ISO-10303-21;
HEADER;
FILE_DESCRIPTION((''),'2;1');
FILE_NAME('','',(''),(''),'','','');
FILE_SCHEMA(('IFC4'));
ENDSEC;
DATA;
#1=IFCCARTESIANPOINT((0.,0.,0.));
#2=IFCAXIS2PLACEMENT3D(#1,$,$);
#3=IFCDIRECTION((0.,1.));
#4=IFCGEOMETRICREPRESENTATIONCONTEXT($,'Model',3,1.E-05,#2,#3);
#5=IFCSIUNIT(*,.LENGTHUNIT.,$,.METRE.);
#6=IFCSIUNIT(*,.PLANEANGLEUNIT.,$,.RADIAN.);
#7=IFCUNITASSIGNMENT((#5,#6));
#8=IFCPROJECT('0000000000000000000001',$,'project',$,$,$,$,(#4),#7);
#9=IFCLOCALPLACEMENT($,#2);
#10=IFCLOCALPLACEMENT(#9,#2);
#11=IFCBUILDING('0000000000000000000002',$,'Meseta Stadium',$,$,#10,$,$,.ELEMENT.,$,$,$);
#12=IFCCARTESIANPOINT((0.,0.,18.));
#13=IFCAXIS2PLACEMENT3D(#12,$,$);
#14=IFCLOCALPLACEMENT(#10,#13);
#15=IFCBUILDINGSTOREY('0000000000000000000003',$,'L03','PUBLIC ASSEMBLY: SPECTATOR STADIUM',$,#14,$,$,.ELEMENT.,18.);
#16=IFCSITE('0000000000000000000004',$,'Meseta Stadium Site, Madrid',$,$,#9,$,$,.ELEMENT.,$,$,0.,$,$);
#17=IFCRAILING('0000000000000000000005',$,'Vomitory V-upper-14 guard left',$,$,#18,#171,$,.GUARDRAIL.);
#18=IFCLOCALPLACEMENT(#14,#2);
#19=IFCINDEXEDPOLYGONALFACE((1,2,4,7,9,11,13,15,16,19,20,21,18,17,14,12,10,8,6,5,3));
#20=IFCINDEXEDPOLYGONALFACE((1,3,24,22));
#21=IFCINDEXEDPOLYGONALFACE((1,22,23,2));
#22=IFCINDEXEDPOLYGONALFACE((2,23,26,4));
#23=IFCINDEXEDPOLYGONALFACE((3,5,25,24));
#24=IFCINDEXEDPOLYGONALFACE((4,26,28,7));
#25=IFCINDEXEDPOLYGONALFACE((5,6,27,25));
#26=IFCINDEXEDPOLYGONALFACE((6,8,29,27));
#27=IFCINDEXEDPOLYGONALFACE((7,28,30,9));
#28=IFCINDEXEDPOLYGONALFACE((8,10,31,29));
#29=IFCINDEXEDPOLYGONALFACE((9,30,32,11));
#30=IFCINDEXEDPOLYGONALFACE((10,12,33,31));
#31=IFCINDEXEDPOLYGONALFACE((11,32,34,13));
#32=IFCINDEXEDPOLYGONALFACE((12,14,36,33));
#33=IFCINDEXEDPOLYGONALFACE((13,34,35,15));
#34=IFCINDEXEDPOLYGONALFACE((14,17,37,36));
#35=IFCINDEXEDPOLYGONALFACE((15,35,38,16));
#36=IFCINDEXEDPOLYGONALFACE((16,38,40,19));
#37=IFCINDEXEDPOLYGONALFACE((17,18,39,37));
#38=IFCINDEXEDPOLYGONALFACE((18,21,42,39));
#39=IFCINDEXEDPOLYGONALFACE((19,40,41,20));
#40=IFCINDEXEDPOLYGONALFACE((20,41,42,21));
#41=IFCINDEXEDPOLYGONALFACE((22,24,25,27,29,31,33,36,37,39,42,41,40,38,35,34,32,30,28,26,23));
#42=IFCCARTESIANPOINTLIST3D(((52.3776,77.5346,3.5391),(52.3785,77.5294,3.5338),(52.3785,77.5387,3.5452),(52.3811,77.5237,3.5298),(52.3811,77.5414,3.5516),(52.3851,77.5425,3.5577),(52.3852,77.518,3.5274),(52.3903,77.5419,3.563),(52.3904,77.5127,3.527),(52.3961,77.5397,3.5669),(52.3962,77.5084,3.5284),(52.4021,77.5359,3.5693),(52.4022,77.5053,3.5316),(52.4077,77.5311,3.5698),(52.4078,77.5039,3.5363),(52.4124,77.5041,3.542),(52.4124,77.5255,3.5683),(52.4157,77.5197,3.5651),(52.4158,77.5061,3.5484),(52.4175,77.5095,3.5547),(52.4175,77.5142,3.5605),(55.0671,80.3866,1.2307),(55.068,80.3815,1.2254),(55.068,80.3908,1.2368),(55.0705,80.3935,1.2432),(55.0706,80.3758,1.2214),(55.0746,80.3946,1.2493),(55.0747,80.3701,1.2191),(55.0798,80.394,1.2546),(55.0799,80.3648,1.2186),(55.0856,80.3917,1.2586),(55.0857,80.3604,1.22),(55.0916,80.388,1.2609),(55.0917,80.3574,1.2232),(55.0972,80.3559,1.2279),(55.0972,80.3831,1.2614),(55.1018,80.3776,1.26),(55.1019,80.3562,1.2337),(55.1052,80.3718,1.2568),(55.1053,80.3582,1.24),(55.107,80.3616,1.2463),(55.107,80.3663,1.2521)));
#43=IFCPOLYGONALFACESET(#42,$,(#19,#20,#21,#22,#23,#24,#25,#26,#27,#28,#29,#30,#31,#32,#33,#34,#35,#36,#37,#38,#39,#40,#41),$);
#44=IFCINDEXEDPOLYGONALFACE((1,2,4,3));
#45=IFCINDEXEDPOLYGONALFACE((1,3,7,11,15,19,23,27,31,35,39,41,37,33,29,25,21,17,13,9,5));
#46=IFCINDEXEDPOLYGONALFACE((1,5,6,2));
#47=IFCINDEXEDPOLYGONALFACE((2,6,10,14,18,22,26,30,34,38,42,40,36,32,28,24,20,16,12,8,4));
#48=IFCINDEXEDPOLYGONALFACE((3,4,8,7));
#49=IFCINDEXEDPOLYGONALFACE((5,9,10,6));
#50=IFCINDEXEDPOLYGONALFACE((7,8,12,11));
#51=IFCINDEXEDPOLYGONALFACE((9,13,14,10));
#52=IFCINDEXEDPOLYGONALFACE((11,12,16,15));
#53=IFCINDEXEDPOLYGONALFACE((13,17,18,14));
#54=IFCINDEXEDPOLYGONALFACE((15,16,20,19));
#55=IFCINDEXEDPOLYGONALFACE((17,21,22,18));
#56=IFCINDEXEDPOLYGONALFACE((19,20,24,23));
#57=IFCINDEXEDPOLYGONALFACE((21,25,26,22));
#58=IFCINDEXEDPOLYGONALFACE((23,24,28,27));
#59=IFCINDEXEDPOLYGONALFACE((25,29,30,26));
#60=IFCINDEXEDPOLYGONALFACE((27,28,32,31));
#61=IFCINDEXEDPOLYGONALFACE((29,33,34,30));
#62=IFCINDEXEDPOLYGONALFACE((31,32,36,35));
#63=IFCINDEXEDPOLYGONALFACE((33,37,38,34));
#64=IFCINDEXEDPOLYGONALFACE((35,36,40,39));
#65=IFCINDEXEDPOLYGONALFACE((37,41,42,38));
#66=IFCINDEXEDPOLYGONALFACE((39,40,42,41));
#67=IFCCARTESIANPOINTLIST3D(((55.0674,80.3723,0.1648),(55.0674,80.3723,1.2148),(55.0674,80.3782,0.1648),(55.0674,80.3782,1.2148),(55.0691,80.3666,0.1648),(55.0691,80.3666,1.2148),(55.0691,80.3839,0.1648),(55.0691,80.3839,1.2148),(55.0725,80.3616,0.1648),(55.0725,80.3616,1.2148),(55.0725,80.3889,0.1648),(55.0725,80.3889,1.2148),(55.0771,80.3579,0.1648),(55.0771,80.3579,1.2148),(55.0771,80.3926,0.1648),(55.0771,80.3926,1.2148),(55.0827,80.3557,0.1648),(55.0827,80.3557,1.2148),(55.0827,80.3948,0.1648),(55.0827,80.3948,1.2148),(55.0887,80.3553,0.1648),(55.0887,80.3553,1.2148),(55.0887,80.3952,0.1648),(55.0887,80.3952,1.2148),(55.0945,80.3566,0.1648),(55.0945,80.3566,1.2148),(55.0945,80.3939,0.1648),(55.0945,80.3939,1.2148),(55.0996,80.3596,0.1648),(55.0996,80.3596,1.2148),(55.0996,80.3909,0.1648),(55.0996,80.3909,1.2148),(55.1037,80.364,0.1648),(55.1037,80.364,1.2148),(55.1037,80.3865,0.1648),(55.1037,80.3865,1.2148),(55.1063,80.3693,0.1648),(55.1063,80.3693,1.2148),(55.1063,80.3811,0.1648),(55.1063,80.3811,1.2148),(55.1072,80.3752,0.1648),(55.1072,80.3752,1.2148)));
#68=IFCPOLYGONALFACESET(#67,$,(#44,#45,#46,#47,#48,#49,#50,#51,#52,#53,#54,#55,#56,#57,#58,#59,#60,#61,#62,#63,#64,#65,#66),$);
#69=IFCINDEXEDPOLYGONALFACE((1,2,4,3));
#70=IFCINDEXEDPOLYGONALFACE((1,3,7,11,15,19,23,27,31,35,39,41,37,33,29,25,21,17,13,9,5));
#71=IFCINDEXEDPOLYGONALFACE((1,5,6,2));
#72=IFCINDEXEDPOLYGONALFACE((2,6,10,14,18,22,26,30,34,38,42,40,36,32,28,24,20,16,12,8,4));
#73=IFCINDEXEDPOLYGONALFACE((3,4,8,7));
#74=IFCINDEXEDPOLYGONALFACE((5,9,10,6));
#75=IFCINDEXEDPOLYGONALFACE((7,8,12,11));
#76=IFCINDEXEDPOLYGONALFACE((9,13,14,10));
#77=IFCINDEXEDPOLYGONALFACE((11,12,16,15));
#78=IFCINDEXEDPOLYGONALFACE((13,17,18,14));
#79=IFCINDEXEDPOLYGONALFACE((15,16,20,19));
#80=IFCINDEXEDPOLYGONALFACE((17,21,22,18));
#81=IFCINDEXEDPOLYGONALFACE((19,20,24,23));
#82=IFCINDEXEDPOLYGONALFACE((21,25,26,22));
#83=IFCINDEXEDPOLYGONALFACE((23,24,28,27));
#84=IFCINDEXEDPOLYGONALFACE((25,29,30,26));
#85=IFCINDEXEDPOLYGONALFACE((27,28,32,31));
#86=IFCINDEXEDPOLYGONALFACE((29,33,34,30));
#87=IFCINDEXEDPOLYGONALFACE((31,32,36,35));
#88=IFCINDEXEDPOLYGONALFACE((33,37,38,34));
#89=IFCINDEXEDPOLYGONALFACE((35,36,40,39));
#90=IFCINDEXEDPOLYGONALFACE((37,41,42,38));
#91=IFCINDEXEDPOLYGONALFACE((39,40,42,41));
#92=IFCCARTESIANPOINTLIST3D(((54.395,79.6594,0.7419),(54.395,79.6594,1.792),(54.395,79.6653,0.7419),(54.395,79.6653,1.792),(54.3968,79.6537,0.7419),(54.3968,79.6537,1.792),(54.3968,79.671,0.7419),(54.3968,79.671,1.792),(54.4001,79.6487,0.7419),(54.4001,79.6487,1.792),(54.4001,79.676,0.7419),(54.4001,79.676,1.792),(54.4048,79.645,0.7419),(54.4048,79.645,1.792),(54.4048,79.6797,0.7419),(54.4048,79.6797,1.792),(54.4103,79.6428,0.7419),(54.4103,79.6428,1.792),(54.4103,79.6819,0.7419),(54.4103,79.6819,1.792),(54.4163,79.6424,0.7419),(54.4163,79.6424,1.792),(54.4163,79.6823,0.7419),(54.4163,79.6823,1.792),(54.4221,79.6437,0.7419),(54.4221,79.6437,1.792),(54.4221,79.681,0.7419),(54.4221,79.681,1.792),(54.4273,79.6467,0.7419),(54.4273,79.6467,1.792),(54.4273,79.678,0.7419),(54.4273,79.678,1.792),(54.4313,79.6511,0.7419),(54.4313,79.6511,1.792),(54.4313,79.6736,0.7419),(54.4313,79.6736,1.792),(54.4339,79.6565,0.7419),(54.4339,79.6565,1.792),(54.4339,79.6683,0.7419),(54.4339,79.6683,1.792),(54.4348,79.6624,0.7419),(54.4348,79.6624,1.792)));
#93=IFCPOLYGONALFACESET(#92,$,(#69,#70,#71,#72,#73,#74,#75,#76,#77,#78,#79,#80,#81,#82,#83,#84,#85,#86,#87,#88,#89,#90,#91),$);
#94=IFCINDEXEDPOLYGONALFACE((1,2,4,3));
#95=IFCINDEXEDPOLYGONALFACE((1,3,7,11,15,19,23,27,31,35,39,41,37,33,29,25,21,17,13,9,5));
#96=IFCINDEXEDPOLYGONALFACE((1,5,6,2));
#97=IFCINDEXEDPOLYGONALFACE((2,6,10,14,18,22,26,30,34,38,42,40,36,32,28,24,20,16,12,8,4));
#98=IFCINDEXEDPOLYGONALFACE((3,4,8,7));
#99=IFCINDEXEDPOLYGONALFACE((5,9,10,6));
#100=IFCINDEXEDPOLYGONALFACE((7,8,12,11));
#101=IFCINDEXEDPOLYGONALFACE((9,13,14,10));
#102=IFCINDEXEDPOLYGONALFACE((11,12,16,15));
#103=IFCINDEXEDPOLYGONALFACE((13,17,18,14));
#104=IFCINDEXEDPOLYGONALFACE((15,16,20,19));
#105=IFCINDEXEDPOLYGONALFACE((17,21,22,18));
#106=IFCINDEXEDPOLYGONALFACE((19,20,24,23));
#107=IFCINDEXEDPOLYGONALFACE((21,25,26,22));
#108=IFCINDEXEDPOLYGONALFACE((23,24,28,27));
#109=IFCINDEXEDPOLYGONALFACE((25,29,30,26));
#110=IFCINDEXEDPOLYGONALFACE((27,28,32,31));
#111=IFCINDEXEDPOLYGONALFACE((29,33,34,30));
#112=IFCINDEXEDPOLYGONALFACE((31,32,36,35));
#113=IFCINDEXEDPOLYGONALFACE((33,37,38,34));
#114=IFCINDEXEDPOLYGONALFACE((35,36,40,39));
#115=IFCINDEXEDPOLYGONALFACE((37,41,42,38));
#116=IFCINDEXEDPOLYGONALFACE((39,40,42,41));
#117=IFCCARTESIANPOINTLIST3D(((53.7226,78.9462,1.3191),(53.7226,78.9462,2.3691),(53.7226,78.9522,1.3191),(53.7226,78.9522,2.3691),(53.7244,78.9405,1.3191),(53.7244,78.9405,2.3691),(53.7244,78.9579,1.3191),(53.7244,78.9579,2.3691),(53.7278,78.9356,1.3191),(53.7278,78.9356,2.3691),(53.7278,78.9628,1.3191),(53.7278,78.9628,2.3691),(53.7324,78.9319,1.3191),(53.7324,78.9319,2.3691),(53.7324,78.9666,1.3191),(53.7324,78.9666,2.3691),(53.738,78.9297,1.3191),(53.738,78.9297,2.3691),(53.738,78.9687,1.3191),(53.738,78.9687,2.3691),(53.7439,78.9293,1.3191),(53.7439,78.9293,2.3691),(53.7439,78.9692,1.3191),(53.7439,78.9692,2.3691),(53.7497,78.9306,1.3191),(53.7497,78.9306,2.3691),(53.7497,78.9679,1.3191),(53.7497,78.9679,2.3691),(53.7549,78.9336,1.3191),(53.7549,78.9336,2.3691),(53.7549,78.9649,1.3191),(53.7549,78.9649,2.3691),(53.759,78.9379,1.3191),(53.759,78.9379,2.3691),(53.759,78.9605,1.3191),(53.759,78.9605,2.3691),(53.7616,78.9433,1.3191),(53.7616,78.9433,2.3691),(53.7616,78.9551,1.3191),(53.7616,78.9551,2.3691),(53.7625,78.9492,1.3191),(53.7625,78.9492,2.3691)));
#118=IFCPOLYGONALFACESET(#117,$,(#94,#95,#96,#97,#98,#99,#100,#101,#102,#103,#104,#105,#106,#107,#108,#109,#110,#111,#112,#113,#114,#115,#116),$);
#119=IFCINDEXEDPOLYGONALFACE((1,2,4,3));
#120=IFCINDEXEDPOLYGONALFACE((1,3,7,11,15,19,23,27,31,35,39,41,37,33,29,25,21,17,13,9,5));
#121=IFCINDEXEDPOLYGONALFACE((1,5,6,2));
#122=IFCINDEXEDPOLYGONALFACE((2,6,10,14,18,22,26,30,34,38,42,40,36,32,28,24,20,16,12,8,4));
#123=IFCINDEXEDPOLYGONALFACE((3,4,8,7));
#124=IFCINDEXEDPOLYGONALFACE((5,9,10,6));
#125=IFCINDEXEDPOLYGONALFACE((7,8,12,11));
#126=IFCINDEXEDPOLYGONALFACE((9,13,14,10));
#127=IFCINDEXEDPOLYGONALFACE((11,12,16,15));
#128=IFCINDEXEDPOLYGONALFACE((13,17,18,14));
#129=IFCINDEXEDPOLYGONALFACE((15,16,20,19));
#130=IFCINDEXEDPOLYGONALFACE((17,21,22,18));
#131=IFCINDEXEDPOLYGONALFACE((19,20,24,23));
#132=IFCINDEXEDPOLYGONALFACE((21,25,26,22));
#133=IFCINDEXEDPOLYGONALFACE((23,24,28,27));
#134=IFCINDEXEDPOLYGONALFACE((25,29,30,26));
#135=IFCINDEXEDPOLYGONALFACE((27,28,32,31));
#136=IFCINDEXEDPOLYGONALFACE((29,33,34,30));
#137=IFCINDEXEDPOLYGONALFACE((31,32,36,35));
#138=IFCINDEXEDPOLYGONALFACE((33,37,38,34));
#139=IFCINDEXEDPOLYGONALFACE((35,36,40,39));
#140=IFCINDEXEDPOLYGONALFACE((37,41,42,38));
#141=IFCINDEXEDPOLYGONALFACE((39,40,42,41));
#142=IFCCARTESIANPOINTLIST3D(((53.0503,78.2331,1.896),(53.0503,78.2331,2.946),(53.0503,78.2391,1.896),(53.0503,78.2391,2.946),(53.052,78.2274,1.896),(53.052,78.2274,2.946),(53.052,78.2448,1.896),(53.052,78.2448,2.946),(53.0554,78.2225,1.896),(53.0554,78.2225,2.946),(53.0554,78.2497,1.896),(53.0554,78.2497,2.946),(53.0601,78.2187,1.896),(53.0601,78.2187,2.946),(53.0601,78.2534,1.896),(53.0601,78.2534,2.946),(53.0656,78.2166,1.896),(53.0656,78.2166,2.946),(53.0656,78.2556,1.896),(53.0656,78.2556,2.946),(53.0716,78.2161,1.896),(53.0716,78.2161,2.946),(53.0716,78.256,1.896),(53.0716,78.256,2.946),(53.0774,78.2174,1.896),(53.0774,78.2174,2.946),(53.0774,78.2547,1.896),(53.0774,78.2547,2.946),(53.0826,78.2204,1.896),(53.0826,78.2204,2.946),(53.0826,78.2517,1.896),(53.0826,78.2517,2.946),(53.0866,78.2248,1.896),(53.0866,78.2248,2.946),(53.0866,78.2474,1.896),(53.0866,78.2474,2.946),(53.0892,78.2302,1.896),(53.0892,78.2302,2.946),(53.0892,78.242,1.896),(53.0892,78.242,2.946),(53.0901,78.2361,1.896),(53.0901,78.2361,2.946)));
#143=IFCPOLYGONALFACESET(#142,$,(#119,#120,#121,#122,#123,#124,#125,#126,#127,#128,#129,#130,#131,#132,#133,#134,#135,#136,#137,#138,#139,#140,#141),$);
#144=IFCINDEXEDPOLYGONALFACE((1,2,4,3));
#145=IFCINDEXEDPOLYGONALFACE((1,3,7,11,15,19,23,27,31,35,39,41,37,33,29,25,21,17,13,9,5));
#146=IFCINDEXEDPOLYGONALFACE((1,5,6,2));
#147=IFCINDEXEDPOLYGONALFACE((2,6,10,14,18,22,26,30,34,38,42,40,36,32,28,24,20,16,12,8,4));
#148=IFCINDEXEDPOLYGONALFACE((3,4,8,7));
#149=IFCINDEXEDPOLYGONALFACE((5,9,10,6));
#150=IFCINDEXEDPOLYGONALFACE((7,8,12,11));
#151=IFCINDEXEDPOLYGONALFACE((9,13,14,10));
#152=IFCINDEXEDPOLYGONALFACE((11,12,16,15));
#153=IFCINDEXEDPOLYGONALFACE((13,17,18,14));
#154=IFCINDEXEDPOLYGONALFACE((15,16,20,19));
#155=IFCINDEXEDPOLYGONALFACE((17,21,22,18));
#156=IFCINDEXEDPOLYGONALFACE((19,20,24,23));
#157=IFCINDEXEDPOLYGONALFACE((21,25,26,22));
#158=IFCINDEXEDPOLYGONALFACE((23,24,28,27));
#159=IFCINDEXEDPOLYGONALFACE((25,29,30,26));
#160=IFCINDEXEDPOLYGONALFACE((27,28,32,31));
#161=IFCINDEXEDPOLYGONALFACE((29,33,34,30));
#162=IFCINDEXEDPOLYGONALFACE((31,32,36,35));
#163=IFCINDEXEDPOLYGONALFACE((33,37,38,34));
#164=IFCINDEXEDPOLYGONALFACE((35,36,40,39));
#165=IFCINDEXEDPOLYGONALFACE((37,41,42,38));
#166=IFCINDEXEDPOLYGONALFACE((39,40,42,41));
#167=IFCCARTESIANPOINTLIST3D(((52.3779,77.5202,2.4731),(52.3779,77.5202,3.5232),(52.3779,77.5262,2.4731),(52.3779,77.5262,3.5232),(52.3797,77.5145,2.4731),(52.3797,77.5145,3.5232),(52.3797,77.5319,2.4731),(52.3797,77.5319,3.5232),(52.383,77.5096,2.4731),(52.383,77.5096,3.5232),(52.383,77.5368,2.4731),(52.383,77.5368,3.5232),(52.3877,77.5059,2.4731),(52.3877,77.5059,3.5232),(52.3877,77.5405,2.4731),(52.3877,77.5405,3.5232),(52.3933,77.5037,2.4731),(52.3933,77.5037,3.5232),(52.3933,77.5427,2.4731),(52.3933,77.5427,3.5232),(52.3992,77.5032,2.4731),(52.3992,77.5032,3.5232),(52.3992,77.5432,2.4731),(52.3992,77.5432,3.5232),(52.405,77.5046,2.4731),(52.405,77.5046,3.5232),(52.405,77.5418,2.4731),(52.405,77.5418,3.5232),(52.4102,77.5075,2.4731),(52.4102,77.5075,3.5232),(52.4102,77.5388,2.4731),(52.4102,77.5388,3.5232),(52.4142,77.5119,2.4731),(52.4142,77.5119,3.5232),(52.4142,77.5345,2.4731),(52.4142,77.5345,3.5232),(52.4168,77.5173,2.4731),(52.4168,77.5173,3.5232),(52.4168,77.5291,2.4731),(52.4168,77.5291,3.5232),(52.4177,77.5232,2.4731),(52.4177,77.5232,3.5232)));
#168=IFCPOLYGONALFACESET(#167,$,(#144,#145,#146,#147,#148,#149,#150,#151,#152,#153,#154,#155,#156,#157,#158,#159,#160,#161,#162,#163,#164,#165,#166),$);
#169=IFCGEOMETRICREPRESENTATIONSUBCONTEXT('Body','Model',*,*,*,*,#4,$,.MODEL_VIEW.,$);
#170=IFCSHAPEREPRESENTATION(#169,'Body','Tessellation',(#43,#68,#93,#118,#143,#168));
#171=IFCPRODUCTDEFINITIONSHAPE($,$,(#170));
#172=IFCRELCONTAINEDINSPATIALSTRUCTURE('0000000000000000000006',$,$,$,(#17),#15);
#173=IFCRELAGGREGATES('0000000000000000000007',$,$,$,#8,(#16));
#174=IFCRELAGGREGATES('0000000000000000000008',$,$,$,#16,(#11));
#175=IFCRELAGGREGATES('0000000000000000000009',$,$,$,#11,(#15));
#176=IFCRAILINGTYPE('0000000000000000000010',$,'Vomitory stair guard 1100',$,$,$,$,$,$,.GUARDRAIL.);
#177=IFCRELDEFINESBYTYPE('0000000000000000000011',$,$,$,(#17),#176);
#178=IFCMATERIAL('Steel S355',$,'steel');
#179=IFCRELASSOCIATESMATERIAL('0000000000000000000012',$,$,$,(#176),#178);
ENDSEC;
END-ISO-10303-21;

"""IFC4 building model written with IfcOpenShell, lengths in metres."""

from ifc_helpers import new_model, si_unit, direction, frame, origin, origin_2d, place, context, subcontext, project, spatial, circle, extrude, material, type_object, element, save


model = new_model("IFC4")

# Units and contexts
model_context = context("Model", 3, precision=1e-05, world=origin(), true_north=direction((0.0, 1.0)))
body_context = subcontext(model_context, "Body", "Model", "MODEL_VIEW")
ifc_project = project(units=[si_unit("LENGTHUNIT", "METRE"), si_unit("PLANEANGLEUNIT", "RADIAN")], contexts=[model_context])

# Site, building, storey
site_placement = place(None, origin())
site = spatial("IfcSite", under=ifc_project, at=site_placement, Name="Meseta Stadium Site, Madrid", CompositionType="ELEMENT", RefElevation=0.0)
building_placement = place(site_placement, origin())
building = spatial("IfcBuilding", under=site, at=building_placement, Name="Meseta Stadium", CompositionType="ELEMENT")
storey_placement = place(building_placement, frame((0.0, 0.0, 18.0)))
storey = spatial("IfcBuildingStorey", under=building, at=storey_placement, Name="L03", Description="PUBLIC ASSEMBLY: SPECTATOR STADIUM", CompositionType="ELEMENT", Elevation=18.0)

# Railing
ifc_material_1 = material(Name="Steel S355", Category="steel")
railing_type_1 = type_object("IfcRailingType", Name="Vomitory stair guard 1100", PredefinedType="GUARDRAIL", material=ifc_material_1)
for number, where, name in (
    (1, (55.0872, 80.3752, 0.1648), "Vomitory V-upper-14 guard left"),
):
    element("IfcRailing", number, at=place(storey_placement, frame(where)), inside=storey, type_object=railing_type_1, Name=name, PredefinedType="GUARDRAIL", context=body_context, shape_type="SweptSolid", body=[
        extrude(circle(Radius=0.0249, at=origin_2d()), frame((0.0, 0.0, 1.0752), z_axis=(-0.591184, -0.626925, 0.507411), x_axis=(0.727541, -0.686064, 0.0)), (0.0, 0.0, 1.0), 4.5493),
        extrude(circle(Radius=0.02, at=origin_2d()), origin(), (0.0, 0.0, 1.0), 1.05),
        extrude(circle(Radius=0.02, at=origin_2d()), frame((-0.6724, -0.7129, 0.5771)), (0.0, 0.0, 1.0), 1.05),
        extrude(circle(Radius=0.02, at=origin_2d()), frame((-1.3447, -1.426, 1.1543)), (0.0, 0.0, 1.0), 1.05),
        extrude(circle(Radius=0.02, at=origin_2d()), frame((-2.0171, -2.1392, 1.7312)), (0.0, 0.0, 1.0), 1.05),
        extrude(circle(Radius=0.02, at=origin_2d()), frame((-2.6895, -2.8521, 2.3083)), (0.0, 0.0, 1.0), 1.05),
    ])

save(model, "model.ifc")
